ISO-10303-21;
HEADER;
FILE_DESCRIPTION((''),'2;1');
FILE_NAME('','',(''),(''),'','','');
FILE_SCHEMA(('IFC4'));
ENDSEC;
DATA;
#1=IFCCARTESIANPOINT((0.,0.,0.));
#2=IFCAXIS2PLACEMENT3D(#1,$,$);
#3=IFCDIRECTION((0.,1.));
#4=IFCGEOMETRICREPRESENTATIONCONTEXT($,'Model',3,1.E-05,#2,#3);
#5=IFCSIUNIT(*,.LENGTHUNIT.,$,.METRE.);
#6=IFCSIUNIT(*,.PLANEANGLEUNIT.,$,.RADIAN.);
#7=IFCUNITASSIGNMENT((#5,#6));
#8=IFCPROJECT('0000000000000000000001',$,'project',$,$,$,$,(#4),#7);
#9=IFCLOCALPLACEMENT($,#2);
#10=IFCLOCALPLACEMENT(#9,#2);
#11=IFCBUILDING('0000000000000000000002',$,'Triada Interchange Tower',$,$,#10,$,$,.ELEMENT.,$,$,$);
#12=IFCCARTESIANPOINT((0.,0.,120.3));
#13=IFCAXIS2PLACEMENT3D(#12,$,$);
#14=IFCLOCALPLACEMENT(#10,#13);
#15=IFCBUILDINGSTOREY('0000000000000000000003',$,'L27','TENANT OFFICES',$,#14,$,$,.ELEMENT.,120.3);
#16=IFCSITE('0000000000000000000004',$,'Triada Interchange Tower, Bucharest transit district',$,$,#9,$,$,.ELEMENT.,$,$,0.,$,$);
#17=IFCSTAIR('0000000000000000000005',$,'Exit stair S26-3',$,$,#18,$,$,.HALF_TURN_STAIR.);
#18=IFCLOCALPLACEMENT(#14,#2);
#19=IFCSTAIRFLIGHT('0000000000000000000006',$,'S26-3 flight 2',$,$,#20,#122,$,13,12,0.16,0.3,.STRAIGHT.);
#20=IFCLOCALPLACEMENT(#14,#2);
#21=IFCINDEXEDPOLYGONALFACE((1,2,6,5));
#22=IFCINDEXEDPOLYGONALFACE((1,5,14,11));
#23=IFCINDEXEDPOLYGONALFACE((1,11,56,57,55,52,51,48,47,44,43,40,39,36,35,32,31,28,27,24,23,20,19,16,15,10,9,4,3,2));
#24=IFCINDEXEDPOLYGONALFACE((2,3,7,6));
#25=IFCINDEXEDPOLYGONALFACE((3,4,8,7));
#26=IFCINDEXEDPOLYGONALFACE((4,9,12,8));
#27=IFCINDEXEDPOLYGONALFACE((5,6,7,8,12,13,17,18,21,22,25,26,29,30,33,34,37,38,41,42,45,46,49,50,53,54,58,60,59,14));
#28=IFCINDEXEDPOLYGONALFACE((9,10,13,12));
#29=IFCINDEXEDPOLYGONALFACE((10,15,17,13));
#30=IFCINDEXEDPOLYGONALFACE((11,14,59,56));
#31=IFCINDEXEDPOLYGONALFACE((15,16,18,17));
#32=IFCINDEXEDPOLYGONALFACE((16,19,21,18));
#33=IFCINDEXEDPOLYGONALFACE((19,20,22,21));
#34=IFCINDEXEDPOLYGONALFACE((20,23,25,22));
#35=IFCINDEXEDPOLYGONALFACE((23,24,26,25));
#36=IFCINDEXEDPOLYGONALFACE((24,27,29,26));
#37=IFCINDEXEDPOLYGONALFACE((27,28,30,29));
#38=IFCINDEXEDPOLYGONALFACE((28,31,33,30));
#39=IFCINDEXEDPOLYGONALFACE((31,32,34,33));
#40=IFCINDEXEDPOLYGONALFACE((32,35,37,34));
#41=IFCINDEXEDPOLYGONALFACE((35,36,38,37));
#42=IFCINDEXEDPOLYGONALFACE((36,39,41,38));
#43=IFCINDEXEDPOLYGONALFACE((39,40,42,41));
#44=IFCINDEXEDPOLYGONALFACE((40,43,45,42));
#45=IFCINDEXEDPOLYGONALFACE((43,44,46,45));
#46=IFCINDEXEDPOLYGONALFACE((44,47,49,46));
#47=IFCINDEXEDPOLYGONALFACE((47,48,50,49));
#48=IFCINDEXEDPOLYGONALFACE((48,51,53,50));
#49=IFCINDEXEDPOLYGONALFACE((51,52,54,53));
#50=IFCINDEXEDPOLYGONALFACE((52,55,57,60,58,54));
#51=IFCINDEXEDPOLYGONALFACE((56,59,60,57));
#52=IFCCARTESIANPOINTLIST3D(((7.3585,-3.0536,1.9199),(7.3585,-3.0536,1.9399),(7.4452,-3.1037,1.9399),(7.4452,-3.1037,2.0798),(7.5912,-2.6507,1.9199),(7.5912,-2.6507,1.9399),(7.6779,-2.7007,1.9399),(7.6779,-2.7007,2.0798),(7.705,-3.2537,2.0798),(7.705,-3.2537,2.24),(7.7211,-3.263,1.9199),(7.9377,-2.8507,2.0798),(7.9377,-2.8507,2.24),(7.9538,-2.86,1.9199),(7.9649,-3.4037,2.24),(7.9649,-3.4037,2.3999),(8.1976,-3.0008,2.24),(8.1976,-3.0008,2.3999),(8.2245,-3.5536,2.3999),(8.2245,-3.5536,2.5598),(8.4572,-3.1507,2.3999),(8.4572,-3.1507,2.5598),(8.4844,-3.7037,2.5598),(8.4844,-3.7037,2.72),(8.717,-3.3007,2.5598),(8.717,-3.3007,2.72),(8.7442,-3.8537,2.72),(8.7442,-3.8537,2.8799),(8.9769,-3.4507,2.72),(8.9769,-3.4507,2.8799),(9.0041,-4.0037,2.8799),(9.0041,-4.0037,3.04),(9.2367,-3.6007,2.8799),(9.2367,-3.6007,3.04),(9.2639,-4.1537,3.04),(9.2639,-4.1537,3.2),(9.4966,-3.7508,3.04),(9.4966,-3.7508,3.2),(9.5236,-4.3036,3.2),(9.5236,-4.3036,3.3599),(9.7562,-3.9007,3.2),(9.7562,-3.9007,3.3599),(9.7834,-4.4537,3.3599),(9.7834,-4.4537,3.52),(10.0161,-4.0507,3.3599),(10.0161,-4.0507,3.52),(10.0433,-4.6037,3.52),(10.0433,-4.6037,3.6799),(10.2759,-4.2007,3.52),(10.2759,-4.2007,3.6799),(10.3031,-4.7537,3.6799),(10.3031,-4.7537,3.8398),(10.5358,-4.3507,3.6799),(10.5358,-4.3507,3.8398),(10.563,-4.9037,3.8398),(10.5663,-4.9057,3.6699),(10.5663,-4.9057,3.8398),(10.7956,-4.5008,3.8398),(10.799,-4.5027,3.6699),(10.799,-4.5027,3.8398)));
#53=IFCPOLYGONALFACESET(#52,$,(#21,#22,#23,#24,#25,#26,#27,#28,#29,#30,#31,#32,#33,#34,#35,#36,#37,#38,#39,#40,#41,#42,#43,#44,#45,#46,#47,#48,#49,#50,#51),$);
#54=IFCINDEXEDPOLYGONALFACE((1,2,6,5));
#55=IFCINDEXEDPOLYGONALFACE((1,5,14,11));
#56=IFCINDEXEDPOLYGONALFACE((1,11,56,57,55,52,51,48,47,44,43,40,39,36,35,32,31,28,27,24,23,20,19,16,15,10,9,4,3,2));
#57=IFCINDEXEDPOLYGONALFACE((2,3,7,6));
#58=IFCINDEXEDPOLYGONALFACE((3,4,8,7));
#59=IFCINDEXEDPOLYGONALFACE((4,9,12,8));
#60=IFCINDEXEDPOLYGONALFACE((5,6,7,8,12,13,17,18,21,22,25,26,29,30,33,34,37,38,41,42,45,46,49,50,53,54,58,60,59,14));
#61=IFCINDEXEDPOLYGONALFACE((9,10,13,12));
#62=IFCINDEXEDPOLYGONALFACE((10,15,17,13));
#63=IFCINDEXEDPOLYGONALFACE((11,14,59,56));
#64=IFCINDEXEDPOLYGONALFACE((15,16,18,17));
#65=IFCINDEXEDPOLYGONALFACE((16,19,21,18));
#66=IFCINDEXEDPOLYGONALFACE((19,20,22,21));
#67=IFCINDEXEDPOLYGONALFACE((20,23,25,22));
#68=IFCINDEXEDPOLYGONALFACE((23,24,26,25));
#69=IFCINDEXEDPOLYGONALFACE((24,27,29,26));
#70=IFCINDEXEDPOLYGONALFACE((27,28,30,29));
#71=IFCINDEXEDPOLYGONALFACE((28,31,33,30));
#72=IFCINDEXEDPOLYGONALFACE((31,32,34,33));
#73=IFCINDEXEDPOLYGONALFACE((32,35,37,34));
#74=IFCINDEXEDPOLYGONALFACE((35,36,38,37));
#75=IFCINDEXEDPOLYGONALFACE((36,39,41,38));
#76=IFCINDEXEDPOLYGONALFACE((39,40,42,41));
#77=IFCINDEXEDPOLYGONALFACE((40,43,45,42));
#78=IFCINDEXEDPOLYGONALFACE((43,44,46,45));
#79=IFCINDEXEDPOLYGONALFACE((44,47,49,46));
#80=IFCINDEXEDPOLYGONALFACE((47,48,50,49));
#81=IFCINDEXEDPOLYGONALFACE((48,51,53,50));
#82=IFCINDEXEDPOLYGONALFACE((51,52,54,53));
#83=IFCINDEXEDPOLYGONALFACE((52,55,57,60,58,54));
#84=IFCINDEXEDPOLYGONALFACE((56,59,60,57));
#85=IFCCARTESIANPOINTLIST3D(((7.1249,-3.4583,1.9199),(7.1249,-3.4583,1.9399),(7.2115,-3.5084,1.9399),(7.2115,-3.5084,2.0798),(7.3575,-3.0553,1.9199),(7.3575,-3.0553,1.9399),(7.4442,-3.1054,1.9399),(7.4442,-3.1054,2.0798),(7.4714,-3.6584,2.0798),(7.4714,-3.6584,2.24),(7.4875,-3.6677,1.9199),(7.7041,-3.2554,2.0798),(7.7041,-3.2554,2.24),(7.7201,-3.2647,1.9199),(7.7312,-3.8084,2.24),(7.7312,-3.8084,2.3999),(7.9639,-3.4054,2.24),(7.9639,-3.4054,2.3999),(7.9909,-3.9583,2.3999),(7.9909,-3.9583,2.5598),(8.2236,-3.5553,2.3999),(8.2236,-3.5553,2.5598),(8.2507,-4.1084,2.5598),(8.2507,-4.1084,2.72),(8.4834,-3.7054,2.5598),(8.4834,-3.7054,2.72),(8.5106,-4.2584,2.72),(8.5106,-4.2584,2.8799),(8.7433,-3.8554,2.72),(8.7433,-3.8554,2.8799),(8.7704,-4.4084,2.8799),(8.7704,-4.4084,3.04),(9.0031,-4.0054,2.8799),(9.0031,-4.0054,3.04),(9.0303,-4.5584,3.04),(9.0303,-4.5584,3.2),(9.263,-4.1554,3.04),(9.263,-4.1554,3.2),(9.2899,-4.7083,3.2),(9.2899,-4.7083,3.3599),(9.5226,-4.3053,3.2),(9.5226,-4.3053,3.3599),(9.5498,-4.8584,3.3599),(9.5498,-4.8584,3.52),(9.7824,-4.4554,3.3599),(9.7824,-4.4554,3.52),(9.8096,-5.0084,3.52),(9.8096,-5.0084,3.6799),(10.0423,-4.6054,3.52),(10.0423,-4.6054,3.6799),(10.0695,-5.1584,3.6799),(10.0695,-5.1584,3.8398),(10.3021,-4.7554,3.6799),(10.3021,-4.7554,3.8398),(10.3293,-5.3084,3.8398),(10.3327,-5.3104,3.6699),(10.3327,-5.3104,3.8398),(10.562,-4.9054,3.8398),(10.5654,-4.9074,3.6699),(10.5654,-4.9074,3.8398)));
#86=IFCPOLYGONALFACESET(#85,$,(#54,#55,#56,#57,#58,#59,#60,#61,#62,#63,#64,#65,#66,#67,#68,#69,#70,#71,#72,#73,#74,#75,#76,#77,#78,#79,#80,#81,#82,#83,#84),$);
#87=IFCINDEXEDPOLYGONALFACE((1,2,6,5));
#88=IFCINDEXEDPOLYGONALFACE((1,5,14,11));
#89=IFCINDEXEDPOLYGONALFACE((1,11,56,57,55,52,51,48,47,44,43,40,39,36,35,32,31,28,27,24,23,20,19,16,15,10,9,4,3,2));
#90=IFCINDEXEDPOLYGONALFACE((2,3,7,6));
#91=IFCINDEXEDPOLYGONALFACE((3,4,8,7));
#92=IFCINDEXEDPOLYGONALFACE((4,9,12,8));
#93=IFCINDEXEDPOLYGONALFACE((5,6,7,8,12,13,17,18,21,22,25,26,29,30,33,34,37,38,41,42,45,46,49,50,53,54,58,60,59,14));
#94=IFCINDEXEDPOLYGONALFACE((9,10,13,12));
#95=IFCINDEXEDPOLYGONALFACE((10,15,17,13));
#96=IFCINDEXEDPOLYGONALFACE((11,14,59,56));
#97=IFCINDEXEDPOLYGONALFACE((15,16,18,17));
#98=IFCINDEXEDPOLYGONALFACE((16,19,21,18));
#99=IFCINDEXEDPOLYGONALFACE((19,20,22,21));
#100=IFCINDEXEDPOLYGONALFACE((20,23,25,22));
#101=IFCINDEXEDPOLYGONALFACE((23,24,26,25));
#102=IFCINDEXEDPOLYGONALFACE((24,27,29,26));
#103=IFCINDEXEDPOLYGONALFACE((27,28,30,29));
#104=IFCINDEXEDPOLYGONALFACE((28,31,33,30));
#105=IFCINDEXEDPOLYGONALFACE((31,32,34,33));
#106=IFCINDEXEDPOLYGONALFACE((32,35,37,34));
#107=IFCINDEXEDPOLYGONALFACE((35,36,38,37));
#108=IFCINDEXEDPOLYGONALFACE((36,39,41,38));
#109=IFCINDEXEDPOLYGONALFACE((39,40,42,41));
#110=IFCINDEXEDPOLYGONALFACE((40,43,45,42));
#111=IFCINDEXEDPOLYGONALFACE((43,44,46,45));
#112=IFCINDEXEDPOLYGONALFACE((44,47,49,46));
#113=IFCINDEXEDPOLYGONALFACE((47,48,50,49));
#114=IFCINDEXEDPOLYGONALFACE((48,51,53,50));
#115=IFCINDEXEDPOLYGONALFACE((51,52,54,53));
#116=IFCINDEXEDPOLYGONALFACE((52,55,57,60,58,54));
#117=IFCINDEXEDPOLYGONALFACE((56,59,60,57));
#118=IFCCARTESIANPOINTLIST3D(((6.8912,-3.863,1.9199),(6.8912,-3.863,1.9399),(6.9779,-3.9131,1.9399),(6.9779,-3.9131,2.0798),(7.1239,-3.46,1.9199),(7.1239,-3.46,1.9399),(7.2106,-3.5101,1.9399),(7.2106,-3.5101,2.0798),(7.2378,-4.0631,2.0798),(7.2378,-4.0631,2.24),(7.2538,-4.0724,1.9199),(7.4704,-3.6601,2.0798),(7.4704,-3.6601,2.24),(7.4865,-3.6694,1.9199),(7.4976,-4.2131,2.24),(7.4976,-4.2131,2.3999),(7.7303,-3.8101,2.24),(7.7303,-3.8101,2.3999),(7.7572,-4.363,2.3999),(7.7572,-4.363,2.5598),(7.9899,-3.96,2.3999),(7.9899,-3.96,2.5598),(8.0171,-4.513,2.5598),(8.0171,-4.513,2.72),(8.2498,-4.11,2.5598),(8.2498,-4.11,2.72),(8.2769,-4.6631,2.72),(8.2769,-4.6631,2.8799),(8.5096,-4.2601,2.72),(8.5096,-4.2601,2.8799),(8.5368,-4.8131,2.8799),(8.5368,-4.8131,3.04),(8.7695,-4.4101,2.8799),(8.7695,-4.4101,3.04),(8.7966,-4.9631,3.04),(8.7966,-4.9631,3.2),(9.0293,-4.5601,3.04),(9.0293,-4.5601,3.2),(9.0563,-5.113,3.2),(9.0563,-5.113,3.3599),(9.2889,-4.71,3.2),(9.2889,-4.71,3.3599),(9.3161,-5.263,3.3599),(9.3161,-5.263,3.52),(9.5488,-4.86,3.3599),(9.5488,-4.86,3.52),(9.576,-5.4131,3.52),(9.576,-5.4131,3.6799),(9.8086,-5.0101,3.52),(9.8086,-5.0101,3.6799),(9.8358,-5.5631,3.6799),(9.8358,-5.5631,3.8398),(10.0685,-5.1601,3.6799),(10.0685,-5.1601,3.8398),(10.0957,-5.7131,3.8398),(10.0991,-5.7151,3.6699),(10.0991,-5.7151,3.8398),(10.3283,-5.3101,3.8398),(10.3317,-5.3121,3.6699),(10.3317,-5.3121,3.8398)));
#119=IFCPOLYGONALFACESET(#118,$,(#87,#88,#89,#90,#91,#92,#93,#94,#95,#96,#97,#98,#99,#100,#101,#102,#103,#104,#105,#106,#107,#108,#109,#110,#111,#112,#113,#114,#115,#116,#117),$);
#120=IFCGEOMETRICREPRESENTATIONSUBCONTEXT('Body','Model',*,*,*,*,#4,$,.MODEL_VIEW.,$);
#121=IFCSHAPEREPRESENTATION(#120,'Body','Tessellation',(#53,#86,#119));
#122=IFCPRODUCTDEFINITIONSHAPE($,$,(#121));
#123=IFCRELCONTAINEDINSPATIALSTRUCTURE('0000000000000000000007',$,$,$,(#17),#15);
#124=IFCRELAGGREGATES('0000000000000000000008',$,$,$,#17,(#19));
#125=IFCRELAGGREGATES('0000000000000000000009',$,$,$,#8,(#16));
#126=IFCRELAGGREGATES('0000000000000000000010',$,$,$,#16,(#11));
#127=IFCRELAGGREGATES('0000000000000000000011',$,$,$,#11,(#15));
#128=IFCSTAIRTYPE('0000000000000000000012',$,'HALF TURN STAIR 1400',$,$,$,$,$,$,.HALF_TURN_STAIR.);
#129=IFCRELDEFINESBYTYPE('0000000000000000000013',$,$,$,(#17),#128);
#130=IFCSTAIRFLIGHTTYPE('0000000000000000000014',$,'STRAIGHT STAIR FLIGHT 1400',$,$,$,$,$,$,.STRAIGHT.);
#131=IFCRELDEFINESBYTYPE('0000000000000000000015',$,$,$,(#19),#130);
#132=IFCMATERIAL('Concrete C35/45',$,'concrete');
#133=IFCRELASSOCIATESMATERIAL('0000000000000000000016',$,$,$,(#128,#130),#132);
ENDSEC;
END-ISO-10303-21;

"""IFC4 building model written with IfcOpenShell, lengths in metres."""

from ifc_helpers import new_model, si_unit, direction, frame, origin, place, context, subcontext, project, spatial, polyline, outline, extrude, material, type_object, element, aggregate, save


model = new_model("IFC4")

# Units and contexts
model_context = context("Model", 3, precision=1e-05, world=origin(), true_north=direction((0.0, 1.0)))
body_context = subcontext(model_context, "Body", "Model", "MODEL_VIEW")
ifc_project = project(units=[si_unit("LENGTHUNIT", "METRE"), si_unit("PLANEANGLEUNIT", "RADIAN")], contexts=[model_context])

# Site, building, storey
site_placement = place(None, origin())
site = spatial("IfcSite", under=ifc_project, at=site_placement, Name="Triada Interchange Tower, Bucharest transit district", CompositionType="ELEMENT", RefElevation=0.0)
building_placement = place(site_placement, origin())
building = spatial("IfcBuilding", under=site, at=building_placement, Name="Triada Interchange Tower", CompositionType="ELEMENT")
storey_placement = place(building_placement, frame((0.0, 0.0, 120.3)))
storey = spatial("IfcBuildingStorey", under=building, at=storey_placement, Name="L27", Description="TENANT OFFICES", CompositionType="ELEMENT", Elevation=120.3)

# Stair, stair flight
ifc_material_1 = material(Name="Concrete C35/45", Category="concrete")
stair_type = type_object("IfcStairType", Name="HALF TURN STAIR 1400", PredefinedType="HALF_TURN_STAIR", material=ifc_material_1)
stair_placement = place(storey_placement, origin())
stair = element("IfcStair", 1, at=stair_placement, inside=storey, type_object=stair_type, Name="Exit stair S26-3", PredefinedType="HALF_TURN_STAIR")
stair_flight_type = type_object("IfcStairFlightType", Name="STRAIGHT STAIR FLIGHT 1400", PredefinedType="STRAIGHT", material=ifc_material_1)
stair_flight_1_placement = place(storey_placement, frame((7.3279, -3.3069, 1.9199), z_axis=(0.0, 0.0, 1.0), x_axis=(0.866025, -0.5, 0.0)))
stair_flight_1 = element("IfcStairFlight", 2, at=stair_flight_1_placement, type_object=stair_flight_type, Name="S26-3 flight 2", NumberOfRisers=13, NumberOfTreads=12, PredefinedType="STRAIGHT", RiserHeight=0.16, TreadLength=0.3, context=body_context, shape_type="SweptSolid", body=[
    extrude(outline(polyline([(-0.1001, 0.0), (-0.1001, 0.02), (0.0, 0.02), (0.0, 0.1599), (0.3, 0.1599), (0.3, 0.3201), (0.6001, 0.3201), (0.6001, 0.48), (0.8999, 0.48), (0.8999, 0.6399), (1.2, 0.6399), (1.2, 0.8), (1.5, 0.8), (1.5, 0.96), (1.8, 0.96), (1.8, 1.1201), (2.1001, 1.1201), (2.1001, 1.28), (2.3999, 1.28), (2.3999, 1.4399), (2.7, 1.4399), (2.7, 1.6001), (3.0, 1.6001), (3.0, 1.76), (3.3, 1.76), (3.3, 1.9199), (3.6001, 1.9199), (3.604, 1.9199), (3.604, 2.0801), (3.604, 1.75), (0.3186, 0.0), (-0.1001, 0.0)])), frame((0.0, 0.7, 0.0), z_axis=(0.0, -1.0, 0.0), x_axis=(1.0, 0.0, 0.0)), (0.0, 0.0, 1.0), 0.4653),
    extrude(outline(polyline([(-0.1001, 0.0), (-0.1001, 0.02), (0.0, 0.02), (0.0, 0.1599), (0.3, 0.1599), (0.3, 0.3201), (0.6001, 0.3201), (0.6001, 0.48), (0.8999, 0.48), (0.8999, 0.6399), (1.2, 0.6399), (1.2, 0.8), (1.5, 0.8), (1.5, 0.96), (1.8, 0.96), (1.8, 1.1201), (2.1001, 1.1201), (2.1001, 1.28), (2.3999, 1.28), (2.3999, 1.4399), (2.7, 1.4399), (2.7, 1.6001), (3.0, 1.6001), (3.0, 1.76), (3.3, 1.76), (3.3, 1.9199), (3.6001, 1.9199), (3.604, 1.9199), (3.604, 2.0801), (3.604, 1.75), (0.3186, 0.0), (-0.1001, 0.0)])), frame((0.0, 0.2327, 0.0), z_axis=(0.0, -1.0, 0.0), x_axis=(1.0, 0.0, 0.0)), (0.0, 0.0, 1.0), 0.4653),
    extrude(outline(polyline([(-0.1001, 0.0), (-0.1001, 0.02), (0.0, 0.02), (0.0, 0.1599), (0.3, 0.1599), (0.3, 0.3201), (0.6001, 0.3201), (0.6001, 0.48), (0.8999, 0.48), (0.8999, 0.6399), (1.2, 0.6399), (1.2, 0.8), (1.5, 0.8), (1.5, 0.96), (1.8, 0.96), (1.8, 1.1201), (2.1001, 1.1201), (2.1001, 1.28), (2.3999, 1.28), (2.3999, 1.4399), (2.7, 1.4399), (2.7, 1.6001), (3.0, 1.6001), (3.0, 1.76), (3.3, 1.76), (3.3, 1.9199), (3.6001, 1.9199), (3.604, 1.9199), (3.604, 2.0801), (3.604, 1.75), (0.3186, 0.0), (-0.1001, 0.0)])), frame((0.0, -0.2346, 0.0), z_axis=(0.0, -1.0, 0.0), x_axis=(1.0, 0.0, 0.0)), (0.0, 0.0, 1.0), 0.4653),
])
aggregate(stair, [stair_flight_1])

save(model, "model.ifc")
